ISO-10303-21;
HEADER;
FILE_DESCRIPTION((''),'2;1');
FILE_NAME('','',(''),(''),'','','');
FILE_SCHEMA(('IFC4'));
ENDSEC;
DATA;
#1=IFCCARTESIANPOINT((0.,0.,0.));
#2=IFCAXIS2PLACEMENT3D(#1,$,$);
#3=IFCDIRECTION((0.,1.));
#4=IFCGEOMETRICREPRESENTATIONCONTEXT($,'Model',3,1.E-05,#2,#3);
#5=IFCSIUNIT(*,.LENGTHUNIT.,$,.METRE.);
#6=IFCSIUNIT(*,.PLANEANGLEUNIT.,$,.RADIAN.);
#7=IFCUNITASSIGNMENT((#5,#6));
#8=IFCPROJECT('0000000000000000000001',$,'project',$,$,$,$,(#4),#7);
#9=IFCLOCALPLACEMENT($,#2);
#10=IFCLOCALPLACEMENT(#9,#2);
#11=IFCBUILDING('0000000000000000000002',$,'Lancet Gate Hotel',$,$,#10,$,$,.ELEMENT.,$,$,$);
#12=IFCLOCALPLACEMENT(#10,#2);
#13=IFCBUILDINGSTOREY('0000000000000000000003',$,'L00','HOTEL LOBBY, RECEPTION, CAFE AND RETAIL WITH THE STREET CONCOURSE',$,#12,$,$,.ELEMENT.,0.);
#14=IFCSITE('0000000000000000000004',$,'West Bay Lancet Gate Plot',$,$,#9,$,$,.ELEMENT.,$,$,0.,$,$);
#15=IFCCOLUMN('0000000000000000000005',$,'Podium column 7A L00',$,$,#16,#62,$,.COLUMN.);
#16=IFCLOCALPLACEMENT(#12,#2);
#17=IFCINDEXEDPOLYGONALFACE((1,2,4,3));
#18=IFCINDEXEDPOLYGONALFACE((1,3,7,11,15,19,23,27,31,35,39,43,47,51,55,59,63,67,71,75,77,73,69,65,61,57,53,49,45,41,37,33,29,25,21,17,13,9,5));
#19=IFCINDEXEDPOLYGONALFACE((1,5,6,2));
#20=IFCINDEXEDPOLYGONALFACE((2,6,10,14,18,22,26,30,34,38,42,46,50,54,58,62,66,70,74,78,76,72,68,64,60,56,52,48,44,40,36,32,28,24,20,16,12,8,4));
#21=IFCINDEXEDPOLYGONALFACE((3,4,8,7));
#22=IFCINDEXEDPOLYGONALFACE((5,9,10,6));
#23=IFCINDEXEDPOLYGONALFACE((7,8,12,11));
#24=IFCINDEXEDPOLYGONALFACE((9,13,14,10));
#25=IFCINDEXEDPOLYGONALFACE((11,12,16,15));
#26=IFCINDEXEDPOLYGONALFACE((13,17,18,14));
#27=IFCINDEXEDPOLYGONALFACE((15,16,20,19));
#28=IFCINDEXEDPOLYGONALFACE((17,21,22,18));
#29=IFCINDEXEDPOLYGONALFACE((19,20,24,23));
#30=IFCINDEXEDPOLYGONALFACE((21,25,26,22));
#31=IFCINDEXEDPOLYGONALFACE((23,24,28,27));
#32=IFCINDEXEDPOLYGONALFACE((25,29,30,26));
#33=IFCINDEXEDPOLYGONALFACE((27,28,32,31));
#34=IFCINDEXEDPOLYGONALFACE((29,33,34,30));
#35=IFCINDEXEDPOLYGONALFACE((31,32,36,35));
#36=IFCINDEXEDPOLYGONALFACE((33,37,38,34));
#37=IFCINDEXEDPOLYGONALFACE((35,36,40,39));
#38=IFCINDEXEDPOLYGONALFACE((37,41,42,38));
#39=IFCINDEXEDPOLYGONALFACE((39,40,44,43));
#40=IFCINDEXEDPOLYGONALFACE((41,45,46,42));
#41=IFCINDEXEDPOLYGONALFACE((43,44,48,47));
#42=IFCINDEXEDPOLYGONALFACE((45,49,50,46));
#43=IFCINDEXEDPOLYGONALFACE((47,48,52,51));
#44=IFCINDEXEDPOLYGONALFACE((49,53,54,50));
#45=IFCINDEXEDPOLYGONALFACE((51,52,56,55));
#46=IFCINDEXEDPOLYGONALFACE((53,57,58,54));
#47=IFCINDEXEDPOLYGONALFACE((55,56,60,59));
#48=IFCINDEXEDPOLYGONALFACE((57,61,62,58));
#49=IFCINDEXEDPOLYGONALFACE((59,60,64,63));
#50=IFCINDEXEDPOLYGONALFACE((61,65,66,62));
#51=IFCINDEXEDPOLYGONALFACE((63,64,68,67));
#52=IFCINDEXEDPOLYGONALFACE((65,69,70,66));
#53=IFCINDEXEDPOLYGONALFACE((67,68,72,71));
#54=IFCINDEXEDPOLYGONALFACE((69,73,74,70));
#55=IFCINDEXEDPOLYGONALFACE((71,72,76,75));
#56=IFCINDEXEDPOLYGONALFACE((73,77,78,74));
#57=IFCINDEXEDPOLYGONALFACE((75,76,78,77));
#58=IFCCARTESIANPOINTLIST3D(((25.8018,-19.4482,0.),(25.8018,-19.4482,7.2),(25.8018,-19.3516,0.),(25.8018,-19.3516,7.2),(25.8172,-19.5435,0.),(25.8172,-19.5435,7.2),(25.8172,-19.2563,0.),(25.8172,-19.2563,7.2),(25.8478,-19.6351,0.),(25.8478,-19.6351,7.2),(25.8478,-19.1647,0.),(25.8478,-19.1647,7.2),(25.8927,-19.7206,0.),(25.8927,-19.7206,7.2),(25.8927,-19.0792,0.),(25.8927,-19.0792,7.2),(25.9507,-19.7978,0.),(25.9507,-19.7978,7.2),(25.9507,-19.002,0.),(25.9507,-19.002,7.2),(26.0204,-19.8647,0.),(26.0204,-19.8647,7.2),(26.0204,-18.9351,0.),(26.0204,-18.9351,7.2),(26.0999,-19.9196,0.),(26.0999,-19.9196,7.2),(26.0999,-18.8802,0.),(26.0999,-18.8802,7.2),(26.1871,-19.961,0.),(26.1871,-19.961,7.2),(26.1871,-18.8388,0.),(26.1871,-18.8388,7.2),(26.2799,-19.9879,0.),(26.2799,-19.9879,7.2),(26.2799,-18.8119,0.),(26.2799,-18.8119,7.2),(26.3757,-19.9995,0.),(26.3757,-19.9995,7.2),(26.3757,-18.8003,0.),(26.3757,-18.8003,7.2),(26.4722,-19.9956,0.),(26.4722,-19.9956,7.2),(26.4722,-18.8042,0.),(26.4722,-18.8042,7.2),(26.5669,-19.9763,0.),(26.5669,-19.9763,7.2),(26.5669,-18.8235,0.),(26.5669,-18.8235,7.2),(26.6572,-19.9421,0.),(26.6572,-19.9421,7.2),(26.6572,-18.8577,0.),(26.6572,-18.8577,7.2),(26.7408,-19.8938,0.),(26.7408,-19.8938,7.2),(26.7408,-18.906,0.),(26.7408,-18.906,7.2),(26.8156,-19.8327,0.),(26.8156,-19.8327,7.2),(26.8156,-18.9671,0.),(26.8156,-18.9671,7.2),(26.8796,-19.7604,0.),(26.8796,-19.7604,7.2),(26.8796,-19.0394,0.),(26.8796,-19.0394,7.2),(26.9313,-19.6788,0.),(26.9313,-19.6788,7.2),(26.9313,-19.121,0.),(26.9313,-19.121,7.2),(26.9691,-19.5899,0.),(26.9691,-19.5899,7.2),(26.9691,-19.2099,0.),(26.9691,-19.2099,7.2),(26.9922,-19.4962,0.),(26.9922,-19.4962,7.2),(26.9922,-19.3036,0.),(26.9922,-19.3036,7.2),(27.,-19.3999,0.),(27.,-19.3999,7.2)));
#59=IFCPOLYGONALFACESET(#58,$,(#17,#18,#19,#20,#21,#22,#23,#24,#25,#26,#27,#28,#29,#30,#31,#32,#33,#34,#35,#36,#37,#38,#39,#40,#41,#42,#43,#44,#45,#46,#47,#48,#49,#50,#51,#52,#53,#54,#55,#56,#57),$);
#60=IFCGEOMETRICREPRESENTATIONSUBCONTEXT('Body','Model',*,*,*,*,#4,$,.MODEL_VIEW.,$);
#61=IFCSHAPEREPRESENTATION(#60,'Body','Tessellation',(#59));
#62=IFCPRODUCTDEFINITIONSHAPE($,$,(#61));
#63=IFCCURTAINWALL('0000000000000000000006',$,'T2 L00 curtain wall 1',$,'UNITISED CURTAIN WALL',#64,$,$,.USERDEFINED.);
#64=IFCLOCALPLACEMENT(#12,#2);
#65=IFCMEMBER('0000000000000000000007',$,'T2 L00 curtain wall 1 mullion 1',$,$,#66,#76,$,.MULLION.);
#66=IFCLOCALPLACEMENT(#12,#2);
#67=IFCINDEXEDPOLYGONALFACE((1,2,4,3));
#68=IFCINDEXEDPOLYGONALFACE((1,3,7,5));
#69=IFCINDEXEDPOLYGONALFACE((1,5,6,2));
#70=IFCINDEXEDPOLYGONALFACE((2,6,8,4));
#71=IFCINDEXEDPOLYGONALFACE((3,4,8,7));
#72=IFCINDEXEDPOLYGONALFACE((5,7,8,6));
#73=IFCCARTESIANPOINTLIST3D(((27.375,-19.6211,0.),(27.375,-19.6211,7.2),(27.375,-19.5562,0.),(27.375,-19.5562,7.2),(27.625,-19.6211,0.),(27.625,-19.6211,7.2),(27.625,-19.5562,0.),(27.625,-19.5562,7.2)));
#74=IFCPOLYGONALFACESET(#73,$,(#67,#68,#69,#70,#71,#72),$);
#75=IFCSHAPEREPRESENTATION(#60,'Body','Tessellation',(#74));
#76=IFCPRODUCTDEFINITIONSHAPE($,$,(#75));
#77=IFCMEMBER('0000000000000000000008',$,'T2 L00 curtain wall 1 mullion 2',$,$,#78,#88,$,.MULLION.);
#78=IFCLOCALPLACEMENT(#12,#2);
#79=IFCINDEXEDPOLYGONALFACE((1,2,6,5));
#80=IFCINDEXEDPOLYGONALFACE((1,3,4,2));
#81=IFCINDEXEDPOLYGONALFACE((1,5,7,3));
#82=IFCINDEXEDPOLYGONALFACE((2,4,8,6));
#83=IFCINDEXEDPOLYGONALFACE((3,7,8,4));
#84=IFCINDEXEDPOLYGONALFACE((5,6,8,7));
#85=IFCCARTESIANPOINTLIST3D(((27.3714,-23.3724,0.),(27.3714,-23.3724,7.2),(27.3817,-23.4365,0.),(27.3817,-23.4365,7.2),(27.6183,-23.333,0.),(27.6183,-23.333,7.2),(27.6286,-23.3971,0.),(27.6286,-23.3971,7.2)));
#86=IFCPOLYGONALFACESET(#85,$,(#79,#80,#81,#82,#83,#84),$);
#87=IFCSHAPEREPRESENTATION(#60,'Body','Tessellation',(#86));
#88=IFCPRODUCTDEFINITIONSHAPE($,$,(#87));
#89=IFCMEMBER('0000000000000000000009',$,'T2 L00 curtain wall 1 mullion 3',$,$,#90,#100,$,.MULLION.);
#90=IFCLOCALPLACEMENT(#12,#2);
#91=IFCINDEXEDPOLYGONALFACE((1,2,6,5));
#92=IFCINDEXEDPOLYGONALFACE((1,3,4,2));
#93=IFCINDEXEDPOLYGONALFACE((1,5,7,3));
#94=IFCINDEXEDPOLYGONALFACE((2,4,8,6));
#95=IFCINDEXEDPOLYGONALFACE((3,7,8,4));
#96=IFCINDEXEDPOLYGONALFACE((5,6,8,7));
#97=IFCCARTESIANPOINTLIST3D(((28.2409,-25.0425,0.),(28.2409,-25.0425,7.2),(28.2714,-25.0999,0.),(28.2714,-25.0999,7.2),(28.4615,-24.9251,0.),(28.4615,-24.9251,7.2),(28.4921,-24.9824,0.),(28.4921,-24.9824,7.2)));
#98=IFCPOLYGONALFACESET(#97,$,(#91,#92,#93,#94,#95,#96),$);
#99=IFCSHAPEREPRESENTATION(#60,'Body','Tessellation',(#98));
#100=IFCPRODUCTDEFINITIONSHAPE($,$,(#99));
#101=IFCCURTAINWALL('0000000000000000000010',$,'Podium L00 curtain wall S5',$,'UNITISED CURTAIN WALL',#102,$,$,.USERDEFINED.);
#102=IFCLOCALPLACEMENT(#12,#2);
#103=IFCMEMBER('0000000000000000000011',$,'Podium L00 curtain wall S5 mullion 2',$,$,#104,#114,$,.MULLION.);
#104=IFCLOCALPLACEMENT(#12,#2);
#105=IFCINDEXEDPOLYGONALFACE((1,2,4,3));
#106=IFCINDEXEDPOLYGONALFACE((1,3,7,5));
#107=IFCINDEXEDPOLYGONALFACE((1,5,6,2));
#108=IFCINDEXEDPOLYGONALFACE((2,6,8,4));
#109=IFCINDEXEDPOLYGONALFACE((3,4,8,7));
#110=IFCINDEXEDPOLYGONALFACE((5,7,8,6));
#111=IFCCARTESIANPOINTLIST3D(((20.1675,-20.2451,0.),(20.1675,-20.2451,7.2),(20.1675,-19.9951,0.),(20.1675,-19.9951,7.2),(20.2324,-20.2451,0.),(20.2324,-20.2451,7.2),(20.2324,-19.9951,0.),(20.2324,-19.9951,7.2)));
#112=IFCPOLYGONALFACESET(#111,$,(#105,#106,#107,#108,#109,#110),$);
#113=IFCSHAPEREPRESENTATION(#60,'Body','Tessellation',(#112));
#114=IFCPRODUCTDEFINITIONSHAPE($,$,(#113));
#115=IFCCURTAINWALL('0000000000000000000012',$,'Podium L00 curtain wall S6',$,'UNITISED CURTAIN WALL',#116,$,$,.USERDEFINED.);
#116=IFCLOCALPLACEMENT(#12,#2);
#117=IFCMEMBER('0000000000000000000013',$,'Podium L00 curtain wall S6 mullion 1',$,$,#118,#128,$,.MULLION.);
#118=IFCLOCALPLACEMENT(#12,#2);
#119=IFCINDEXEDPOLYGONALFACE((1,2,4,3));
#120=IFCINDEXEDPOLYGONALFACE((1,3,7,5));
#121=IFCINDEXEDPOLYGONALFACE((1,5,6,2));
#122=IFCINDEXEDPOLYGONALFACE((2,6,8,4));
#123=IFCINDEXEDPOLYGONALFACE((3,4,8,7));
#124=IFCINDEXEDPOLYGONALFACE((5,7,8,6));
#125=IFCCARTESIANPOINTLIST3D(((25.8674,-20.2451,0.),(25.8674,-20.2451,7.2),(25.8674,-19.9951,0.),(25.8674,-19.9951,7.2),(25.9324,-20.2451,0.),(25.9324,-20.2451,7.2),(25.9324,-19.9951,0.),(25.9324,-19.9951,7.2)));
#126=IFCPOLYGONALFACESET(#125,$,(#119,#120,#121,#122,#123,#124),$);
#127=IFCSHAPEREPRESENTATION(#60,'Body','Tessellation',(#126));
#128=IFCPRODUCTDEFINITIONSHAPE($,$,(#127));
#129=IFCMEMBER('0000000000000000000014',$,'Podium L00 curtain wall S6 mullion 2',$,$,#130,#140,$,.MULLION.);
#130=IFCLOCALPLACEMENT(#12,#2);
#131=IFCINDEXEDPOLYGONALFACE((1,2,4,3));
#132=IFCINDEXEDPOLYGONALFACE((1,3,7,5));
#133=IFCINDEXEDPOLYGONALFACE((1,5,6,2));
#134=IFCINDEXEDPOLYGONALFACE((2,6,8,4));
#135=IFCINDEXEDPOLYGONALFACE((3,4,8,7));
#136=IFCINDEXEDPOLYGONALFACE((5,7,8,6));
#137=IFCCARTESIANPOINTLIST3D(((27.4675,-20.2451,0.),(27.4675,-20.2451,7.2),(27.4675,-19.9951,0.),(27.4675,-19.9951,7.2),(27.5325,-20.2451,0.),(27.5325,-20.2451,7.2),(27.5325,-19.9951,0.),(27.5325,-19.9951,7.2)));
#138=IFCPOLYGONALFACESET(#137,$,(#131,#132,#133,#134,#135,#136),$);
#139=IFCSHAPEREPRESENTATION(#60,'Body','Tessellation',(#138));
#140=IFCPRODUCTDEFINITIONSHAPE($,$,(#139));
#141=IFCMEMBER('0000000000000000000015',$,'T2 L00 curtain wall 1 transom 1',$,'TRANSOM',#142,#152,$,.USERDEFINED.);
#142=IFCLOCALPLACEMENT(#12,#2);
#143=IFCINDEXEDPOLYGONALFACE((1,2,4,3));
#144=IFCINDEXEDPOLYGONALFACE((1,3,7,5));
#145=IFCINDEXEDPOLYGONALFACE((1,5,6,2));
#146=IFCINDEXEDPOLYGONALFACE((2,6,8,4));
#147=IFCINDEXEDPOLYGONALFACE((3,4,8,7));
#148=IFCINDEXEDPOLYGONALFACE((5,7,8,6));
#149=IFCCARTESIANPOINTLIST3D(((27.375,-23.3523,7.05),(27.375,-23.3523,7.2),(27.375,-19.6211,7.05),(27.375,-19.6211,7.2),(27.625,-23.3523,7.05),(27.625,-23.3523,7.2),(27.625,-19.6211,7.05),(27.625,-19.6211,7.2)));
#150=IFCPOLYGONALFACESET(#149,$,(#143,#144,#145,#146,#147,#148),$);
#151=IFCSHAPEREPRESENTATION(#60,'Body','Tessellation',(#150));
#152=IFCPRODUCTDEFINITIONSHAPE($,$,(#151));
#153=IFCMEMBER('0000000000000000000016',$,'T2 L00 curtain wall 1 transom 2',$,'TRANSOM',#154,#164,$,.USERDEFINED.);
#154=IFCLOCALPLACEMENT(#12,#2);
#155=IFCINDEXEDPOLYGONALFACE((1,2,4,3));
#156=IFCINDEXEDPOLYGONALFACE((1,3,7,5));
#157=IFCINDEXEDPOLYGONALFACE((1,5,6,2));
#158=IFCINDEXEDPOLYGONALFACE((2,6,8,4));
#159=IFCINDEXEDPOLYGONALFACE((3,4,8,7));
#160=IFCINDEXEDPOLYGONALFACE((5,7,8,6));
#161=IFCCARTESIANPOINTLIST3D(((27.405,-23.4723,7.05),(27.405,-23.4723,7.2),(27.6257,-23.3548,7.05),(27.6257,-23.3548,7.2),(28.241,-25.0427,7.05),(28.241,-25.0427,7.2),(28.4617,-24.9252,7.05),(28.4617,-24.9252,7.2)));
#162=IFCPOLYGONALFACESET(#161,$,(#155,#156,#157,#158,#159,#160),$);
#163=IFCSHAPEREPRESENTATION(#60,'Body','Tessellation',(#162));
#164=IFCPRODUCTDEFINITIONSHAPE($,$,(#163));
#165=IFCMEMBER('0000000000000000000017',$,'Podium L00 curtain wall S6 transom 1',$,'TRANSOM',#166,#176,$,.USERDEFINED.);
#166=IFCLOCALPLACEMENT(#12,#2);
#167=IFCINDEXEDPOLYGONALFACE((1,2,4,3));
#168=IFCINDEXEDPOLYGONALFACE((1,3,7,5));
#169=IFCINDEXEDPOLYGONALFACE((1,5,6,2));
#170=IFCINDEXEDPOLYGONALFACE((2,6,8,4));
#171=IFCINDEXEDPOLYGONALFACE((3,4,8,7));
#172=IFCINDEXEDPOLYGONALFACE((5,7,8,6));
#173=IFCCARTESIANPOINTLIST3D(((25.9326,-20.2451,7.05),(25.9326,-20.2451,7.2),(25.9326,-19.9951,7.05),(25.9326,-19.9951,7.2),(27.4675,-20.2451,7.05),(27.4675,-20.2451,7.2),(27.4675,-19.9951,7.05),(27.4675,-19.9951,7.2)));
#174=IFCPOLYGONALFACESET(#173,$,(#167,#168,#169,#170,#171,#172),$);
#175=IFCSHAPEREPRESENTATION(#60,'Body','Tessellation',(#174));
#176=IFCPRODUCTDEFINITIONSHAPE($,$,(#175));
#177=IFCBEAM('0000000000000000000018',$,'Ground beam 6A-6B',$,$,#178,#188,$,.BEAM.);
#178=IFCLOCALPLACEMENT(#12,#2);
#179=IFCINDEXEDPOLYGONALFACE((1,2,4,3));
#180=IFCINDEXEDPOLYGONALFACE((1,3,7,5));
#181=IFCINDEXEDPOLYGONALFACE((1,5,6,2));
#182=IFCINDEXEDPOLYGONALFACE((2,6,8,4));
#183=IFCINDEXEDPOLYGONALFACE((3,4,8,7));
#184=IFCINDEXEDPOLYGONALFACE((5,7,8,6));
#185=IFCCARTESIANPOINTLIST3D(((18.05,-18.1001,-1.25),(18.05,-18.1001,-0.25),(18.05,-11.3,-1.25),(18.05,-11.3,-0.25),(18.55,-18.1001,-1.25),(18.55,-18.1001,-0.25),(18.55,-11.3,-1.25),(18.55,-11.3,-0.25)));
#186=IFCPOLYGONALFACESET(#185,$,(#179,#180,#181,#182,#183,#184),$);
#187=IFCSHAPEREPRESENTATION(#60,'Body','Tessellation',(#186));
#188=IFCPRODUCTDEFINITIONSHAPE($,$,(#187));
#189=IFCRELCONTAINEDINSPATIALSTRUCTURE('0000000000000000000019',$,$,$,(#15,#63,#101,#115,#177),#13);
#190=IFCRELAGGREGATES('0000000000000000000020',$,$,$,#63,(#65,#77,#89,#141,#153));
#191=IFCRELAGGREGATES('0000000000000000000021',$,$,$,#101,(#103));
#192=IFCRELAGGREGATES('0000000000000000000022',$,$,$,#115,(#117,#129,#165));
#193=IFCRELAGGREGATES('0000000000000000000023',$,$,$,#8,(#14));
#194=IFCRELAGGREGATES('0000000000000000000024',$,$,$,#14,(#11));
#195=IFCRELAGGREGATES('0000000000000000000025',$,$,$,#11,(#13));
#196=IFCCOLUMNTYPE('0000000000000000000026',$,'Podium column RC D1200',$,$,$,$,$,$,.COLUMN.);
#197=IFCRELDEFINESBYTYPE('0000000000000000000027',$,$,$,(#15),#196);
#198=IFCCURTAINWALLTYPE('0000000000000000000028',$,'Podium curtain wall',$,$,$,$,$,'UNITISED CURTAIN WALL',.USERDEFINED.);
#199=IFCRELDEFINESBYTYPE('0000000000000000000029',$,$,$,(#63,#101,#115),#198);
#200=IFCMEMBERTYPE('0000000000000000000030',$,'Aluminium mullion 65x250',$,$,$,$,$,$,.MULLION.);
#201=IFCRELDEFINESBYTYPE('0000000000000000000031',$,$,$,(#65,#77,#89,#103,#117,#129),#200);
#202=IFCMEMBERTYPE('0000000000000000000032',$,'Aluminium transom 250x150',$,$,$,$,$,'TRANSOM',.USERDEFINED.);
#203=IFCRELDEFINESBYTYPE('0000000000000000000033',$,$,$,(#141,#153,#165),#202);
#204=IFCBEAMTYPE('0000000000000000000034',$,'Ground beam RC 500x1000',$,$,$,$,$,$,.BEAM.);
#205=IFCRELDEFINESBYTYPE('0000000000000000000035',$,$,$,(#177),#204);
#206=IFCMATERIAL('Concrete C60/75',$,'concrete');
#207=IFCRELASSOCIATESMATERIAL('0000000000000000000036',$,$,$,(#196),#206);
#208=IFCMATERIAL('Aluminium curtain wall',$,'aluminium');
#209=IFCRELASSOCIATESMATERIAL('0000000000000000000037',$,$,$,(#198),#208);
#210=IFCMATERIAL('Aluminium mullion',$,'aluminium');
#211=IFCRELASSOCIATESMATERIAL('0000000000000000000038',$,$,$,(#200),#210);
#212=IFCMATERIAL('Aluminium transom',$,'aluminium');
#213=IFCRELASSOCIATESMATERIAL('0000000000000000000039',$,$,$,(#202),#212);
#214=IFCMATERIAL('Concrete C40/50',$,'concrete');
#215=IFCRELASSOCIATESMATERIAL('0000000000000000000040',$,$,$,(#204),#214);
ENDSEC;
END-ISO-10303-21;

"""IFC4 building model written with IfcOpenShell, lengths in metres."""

from ifc_helpers import new_model, si_unit, direction, frame, origin, origin_2d, place, context, subcontext, project, spatial, rectangle, circle, extrude, material, material_profile, profile_set, type_object, element, aggregate, save


model = new_model("IFC4")

# Units and contexts
model_context = context("Model", 3, precision=1e-05, world=origin(), true_north=direction((0.0, 1.0)))
body_context = subcontext(model_context, "Body", "Model", "MODEL_VIEW")
ifc_project = project(units=[si_unit("LENGTHUNIT", "METRE"), si_unit("PLANEANGLEUNIT", "RADIAN")], contexts=[model_context])

# Site, building, storey
site_placement = place(None, origin())
site = spatial("IfcSite", under=ifc_project, at=site_placement, Name="West Bay Lancet Gate Plot", CompositionType="ELEMENT", RefElevation=0.0)
building_placement = place(site_placement, origin())
building = spatial("IfcBuilding", under=site, at=building_placement, Name="Lancet Gate Hotel", CompositionType="ELEMENT")
storey_placement = place(building_placement, origin())
storey = spatial("IfcBuildingStorey", under=building, at=storey_placement, Name="L00", Description="HOTEL LOBBY, RECEPTION, CAFE AND RETAIL WITH THE STREET CONCOURSE", CompositionType="ELEMENT", Elevation=0.0)

# Column
ifc_material_1 = material(Name="Concrete C60/75", Category="concrete")
ifc_material_profile_1 = material_profile(ifc_material_1, circle(Radius=0.6001, at=origin_2d()), Name="RC D1200")
ifc_profile_set_1 = profile_set([ifc_material_profile_1], Name="Concrete C60/75")
column_type_1 = type_object("IfcColumnType", Name="Podium column RC D1200", PredefinedType="COLUMN", material=ifc_profile_set_1)
for number, where, z_axis, x_axis, name in (
    (1, (26.3999, -19.3999, 0.0), (0.0, 0.0, 1.0), (1.0, 0.0, 0.0), "Podium column 7A L00"),
):
    element("IfcColumn", number, at=place(storey_placement, frame(where, z_axis=z_axis, x_axis=x_axis)), inside=storey, type_object=column_type_1, Name=name, PredefinedType="COLUMN", context=body_context, shape_type="SweptSolid", body=[
        extrude(circle(Radius=0.6001, at=origin_2d()), origin(), (0.0, 0.0, 1.0), 7.2),
    ])

# Curtain wall, members
ifc_material_2 = material(Name="Aluminium curtain wall", Category="aluminium")
curtain_wall_type = type_object("IfcCurtainWallType", Name="Podium curtain wall", ElementType="UNITISED CURTAIN WALL", PredefinedType="USERDEFINED", material=ifc_material_2)
curtain_wall_1_placement = place(storey_placement, origin())
curtain_wall_1 = element("IfcCurtainWall", 2, at=curtain_wall_1_placement, inside=storey, type_object=curtain_wall_type, Name="T2 L00 curtain wall 1", ObjectType="UNITISED CURTAIN WALL", PredefinedType="USERDEFINED")
ifc_material_3 = material(Name="Aluminium mullion", Category="aluminium")
ifc_material_profile_2 = material_profile(ifc_material_3, rectangle(XDim=0.0649, YDim=0.25, at=origin_2d()), Name="MULLION 65x250")
ifc_profile_set_2 = profile_set([ifc_material_profile_2], Name="Aluminium mullion")
member_type_1 = type_object("IfcMemberType", Name="Aluminium mullion 65x250", PredefinedType="MULLION", material=ifc_profile_set_2)
member_1_placement = place(storey_placement, frame((27.5, -19.5886, 0.0), z_axis=(0.0, 0.0, 1.0), x_axis=(0.0, -1.0, 0.0)))
member_1 = element("IfcMember", 3, at=member_1_placement, type_object=member_type_1, Name="T2 L00 curtain wall 1 mullion 1", PredefinedType="MULLION", context=body_context, shape_type="SweptSolid", body=[
    extrude(rectangle(XDim=0.0649, YDim=0.25, at=origin_2d()), origin(), (0.0, 0.0, 1.0), 7.2),
])
member_2_placement = place(storey_placement, frame((27.5, -23.3848, 0.0), z_axis=(0.0, 0.0, 1.0), x_axis=(0.157752, -0.987479, 0.0)))
member_2 = element("IfcMember", 4, at=member_2_placement, type_object=member_type_1, Name="T2 L00 curtain wall 1 mullion 2", PredefinedType="MULLION", context=body_context, shape_type="SweptSolid", body=[
    extrude(rectangle(XDim=0.0649, YDim=0.25, at=origin_2d()), origin(), (0.0, 0.0, 1.0), 7.2),
])
member_3_placement = place(storey_placement, frame((28.3665, -25.0125, 0.0), z_axis=(0.0, 0.0, 1.0), x_axis=(0.469898, -0.882721, 0.0)))
member_3 = element("IfcMember", 5, at=member_3_placement, type_object=member_type_1, Name="T2 L00 curtain wall 1 mullion 3", PredefinedType="MULLION", context=body_context, shape_type="SweptSolid", body=[
    extrude(rectangle(XDim=0.0649, YDim=0.25, at=origin_2d()), origin(), (0.0, 0.0, 1.0), 7.2),
])

# Curtain wall, member
curtain_wall_2_placement = place(storey_placement, origin())
curtain_wall_2 = element("IfcCurtainWall", 6, at=curtain_wall_2_placement, inside=storey, type_object=curtain_wall_type, Name="Podium L00 curtain wall S5", ObjectType="UNITISED CURTAIN WALL", PredefinedType="USERDEFINED")
member_4_placement = place(storey_placement, frame((20.2, -20.1201, 0.0), z_axis=(0.0, 0.0, 1.0), x_axis=(1.0, 0.0, 0.0)))
member_4 = element("IfcMember", 7, at=member_4_placement, type_object=member_type_1, Name="Podium L00 curtain wall S5 mullion 2", PredefinedType="MULLION", context=body_context, shape_type="SweptSolid", body=[
    extrude(rectangle(XDim=0.0649, YDim=0.25, at=origin_2d()), origin(), (0.0, 0.0, 1.0), 7.2),
])

# Curtain wall, members
curtain_wall_3_placement = place(storey_placement, origin())
curtain_wall_3 = element("IfcCurtainWall", 8, at=curtain_wall_3_placement, inside=storey, type_object=curtain_wall_type, Name="Podium L00 curtain wall S6", ObjectType="UNITISED CURTAIN WALL", PredefinedType="USERDEFINED")
member_5_placement = place(storey_placement, frame((25.8999, -20.1201, 0.0), z_axis=(0.0, 0.0, 1.0), x_axis=(1.0, 0.0, 0.0)))
member_5 = element("IfcMember", 9, at=member_5_placement, type_object=member_type_1, Name="Podium L00 curtain wall S6 mullion 1", PredefinedType="MULLION", context=body_context, shape_type="SweptSolid", body=[
    extrude(rectangle(XDim=0.0649, YDim=0.25, at=origin_2d()), origin(), (0.0, 0.0, 1.0), 7.2),
])
member_6_placement = place(storey_placement, frame((27.5, -20.1201, 0.0), z_axis=(0.0, 0.0, 1.0), x_axis=(1.0, 0.0, 0.0)))
member_6 = element("IfcMember", 10, at=member_6_placement, type_object=member_type_1, Name="Podium L00 curtain wall S6 mullion 2", PredefinedType="MULLION", context=body_context, shape_type="SweptSolid", body=[
    extrude(rectangle(XDim=0.0649, YDim=0.25, at=origin_2d()), origin(), (0.0, 0.0, 1.0), 7.2),
])

# Members
ifc_material_4 = material(Name="Aluminium transom", Category="aluminium")
ifc_material_profile_3 = material_profile(ifc_material_4, rectangle(XDim=0.25, YDim=0.1499, at=origin_2d()), Name="TRANSOM 250x150")
ifc_profile_set_3 = profile_set([ifc_material_profile_3], Name="Aluminium transom")
member_type_2 = type_object("IfcMemberType", Name="Aluminium transom 250x150", ElementType="TRANSOM", PredefinedType="USERDEFINED", material=ifc_profile_set_3)
member_7_placement = place(storey_placement, frame((27.5, -19.6211, 7.125), z_axis=(0.0, -1.0, 0.0), x_axis=(1.0, 0.0, 0.0)))
member_7 = element("IfcMember", 11, at=member_7_placement, type_object=member_type_2, Name="T2 L00 curtain wall 1 transom 1", ObjectType="TRANSOM", PredefinedType="USERDEFINED", context=body_context, shape_type="SweptSolid", body=[
    extrude(rectangle(XDim=0.25, YDim=0.1499, at=origin_2d()), origin(), (0.0, 0.0, 1.0), 3.7312),
])
member_8_placement = place(storey_placement, frame((27.5154, -23.4136, 7.125), z_axis=(0.469904, -0.882717, 0.0), x_axis=(0.882717, 0.469904, 0.0)))
member_8 = element("IfcMember", 12, at=member_8_placement, type_object=member_type_2, Name="T2 L00 curtain wall 1 transom 2", ObjectType="TRANSOM", PredefinedType="USERDEFINED", context=body_context, shape_type="SweptSolid", body=[
    extrude(rectangle(XDim=0.25, YDim=0.1499, at=origin_2d()), origin(), (0.0, 0.0, 1.0), 1.7791),
])
member_9_placement = place(storey_placement, frame((25.9326, -20.1201, 7.125), z_axis=(1.0, 0.0, 0.0), x_axis=(0.0, 1.0, 0.0)))
member_9 = element("IfcMember", 13, at=member_9_placement, type_object=member_type_2, Name="Podium L00 curtain wall S6 transom 1", ObjectType="TRANSOM", PredefinedType="USERDEFINED", context=body_context, shape_type="SweptSolid", body=[
    extrude(rectangle(XDim=0.25, YDim=0.1499, at=origin_2d()), origin(), (0.0, 0.0, 1.0), 1.5349),
])

# Beam
ifc_material_5 = material(Name="Concrete C40/50", Category="concrete")
ifc_material_profile_4 = material_profile(ifc_material_5, rectangle(XDim=0.5, YDim=1.0, at=origin_2d()), Name="RC 500x1000")
ifc_profile_set_4 = profile_set([ifc_material_profile_4], Name="Concrete C40/50")
beam_type_1 = type_object("IfcBeamType", Name="Ground beam RC 500x1000", PredefinedType="BEAM", material=ifc_profile_set_4)
beam_1_placement = place(storey_placement, frame((18.3, -18.1001, -0.75), z_axis=(0.0, 1.0, 0.0), x_axis=(-1.0, 0.0, 0.0)))
element("IfcBeam", 14, at=beam_1_placement, inside=storey, type_object=beam_type_1, Name="Ground beam 6A-6B", PredefinedType="BEAM", context=body_context, shape_type="SweptSolid", body=[
    extrude(rectangle(XDim=0.5, YDim=1.0, at=origin_2d()), origin(), (0.0, 0.0, 1.0), 6.8),
])

aggregate(curtain_wall_1, [member_1, member_2, member_3, member_7, member_8])
aggregate(curtain_wall_2, [member_4])
aggregate(curtain_wall_3, [member_5, member_6, member_9])

save(model, "model.ifc")
